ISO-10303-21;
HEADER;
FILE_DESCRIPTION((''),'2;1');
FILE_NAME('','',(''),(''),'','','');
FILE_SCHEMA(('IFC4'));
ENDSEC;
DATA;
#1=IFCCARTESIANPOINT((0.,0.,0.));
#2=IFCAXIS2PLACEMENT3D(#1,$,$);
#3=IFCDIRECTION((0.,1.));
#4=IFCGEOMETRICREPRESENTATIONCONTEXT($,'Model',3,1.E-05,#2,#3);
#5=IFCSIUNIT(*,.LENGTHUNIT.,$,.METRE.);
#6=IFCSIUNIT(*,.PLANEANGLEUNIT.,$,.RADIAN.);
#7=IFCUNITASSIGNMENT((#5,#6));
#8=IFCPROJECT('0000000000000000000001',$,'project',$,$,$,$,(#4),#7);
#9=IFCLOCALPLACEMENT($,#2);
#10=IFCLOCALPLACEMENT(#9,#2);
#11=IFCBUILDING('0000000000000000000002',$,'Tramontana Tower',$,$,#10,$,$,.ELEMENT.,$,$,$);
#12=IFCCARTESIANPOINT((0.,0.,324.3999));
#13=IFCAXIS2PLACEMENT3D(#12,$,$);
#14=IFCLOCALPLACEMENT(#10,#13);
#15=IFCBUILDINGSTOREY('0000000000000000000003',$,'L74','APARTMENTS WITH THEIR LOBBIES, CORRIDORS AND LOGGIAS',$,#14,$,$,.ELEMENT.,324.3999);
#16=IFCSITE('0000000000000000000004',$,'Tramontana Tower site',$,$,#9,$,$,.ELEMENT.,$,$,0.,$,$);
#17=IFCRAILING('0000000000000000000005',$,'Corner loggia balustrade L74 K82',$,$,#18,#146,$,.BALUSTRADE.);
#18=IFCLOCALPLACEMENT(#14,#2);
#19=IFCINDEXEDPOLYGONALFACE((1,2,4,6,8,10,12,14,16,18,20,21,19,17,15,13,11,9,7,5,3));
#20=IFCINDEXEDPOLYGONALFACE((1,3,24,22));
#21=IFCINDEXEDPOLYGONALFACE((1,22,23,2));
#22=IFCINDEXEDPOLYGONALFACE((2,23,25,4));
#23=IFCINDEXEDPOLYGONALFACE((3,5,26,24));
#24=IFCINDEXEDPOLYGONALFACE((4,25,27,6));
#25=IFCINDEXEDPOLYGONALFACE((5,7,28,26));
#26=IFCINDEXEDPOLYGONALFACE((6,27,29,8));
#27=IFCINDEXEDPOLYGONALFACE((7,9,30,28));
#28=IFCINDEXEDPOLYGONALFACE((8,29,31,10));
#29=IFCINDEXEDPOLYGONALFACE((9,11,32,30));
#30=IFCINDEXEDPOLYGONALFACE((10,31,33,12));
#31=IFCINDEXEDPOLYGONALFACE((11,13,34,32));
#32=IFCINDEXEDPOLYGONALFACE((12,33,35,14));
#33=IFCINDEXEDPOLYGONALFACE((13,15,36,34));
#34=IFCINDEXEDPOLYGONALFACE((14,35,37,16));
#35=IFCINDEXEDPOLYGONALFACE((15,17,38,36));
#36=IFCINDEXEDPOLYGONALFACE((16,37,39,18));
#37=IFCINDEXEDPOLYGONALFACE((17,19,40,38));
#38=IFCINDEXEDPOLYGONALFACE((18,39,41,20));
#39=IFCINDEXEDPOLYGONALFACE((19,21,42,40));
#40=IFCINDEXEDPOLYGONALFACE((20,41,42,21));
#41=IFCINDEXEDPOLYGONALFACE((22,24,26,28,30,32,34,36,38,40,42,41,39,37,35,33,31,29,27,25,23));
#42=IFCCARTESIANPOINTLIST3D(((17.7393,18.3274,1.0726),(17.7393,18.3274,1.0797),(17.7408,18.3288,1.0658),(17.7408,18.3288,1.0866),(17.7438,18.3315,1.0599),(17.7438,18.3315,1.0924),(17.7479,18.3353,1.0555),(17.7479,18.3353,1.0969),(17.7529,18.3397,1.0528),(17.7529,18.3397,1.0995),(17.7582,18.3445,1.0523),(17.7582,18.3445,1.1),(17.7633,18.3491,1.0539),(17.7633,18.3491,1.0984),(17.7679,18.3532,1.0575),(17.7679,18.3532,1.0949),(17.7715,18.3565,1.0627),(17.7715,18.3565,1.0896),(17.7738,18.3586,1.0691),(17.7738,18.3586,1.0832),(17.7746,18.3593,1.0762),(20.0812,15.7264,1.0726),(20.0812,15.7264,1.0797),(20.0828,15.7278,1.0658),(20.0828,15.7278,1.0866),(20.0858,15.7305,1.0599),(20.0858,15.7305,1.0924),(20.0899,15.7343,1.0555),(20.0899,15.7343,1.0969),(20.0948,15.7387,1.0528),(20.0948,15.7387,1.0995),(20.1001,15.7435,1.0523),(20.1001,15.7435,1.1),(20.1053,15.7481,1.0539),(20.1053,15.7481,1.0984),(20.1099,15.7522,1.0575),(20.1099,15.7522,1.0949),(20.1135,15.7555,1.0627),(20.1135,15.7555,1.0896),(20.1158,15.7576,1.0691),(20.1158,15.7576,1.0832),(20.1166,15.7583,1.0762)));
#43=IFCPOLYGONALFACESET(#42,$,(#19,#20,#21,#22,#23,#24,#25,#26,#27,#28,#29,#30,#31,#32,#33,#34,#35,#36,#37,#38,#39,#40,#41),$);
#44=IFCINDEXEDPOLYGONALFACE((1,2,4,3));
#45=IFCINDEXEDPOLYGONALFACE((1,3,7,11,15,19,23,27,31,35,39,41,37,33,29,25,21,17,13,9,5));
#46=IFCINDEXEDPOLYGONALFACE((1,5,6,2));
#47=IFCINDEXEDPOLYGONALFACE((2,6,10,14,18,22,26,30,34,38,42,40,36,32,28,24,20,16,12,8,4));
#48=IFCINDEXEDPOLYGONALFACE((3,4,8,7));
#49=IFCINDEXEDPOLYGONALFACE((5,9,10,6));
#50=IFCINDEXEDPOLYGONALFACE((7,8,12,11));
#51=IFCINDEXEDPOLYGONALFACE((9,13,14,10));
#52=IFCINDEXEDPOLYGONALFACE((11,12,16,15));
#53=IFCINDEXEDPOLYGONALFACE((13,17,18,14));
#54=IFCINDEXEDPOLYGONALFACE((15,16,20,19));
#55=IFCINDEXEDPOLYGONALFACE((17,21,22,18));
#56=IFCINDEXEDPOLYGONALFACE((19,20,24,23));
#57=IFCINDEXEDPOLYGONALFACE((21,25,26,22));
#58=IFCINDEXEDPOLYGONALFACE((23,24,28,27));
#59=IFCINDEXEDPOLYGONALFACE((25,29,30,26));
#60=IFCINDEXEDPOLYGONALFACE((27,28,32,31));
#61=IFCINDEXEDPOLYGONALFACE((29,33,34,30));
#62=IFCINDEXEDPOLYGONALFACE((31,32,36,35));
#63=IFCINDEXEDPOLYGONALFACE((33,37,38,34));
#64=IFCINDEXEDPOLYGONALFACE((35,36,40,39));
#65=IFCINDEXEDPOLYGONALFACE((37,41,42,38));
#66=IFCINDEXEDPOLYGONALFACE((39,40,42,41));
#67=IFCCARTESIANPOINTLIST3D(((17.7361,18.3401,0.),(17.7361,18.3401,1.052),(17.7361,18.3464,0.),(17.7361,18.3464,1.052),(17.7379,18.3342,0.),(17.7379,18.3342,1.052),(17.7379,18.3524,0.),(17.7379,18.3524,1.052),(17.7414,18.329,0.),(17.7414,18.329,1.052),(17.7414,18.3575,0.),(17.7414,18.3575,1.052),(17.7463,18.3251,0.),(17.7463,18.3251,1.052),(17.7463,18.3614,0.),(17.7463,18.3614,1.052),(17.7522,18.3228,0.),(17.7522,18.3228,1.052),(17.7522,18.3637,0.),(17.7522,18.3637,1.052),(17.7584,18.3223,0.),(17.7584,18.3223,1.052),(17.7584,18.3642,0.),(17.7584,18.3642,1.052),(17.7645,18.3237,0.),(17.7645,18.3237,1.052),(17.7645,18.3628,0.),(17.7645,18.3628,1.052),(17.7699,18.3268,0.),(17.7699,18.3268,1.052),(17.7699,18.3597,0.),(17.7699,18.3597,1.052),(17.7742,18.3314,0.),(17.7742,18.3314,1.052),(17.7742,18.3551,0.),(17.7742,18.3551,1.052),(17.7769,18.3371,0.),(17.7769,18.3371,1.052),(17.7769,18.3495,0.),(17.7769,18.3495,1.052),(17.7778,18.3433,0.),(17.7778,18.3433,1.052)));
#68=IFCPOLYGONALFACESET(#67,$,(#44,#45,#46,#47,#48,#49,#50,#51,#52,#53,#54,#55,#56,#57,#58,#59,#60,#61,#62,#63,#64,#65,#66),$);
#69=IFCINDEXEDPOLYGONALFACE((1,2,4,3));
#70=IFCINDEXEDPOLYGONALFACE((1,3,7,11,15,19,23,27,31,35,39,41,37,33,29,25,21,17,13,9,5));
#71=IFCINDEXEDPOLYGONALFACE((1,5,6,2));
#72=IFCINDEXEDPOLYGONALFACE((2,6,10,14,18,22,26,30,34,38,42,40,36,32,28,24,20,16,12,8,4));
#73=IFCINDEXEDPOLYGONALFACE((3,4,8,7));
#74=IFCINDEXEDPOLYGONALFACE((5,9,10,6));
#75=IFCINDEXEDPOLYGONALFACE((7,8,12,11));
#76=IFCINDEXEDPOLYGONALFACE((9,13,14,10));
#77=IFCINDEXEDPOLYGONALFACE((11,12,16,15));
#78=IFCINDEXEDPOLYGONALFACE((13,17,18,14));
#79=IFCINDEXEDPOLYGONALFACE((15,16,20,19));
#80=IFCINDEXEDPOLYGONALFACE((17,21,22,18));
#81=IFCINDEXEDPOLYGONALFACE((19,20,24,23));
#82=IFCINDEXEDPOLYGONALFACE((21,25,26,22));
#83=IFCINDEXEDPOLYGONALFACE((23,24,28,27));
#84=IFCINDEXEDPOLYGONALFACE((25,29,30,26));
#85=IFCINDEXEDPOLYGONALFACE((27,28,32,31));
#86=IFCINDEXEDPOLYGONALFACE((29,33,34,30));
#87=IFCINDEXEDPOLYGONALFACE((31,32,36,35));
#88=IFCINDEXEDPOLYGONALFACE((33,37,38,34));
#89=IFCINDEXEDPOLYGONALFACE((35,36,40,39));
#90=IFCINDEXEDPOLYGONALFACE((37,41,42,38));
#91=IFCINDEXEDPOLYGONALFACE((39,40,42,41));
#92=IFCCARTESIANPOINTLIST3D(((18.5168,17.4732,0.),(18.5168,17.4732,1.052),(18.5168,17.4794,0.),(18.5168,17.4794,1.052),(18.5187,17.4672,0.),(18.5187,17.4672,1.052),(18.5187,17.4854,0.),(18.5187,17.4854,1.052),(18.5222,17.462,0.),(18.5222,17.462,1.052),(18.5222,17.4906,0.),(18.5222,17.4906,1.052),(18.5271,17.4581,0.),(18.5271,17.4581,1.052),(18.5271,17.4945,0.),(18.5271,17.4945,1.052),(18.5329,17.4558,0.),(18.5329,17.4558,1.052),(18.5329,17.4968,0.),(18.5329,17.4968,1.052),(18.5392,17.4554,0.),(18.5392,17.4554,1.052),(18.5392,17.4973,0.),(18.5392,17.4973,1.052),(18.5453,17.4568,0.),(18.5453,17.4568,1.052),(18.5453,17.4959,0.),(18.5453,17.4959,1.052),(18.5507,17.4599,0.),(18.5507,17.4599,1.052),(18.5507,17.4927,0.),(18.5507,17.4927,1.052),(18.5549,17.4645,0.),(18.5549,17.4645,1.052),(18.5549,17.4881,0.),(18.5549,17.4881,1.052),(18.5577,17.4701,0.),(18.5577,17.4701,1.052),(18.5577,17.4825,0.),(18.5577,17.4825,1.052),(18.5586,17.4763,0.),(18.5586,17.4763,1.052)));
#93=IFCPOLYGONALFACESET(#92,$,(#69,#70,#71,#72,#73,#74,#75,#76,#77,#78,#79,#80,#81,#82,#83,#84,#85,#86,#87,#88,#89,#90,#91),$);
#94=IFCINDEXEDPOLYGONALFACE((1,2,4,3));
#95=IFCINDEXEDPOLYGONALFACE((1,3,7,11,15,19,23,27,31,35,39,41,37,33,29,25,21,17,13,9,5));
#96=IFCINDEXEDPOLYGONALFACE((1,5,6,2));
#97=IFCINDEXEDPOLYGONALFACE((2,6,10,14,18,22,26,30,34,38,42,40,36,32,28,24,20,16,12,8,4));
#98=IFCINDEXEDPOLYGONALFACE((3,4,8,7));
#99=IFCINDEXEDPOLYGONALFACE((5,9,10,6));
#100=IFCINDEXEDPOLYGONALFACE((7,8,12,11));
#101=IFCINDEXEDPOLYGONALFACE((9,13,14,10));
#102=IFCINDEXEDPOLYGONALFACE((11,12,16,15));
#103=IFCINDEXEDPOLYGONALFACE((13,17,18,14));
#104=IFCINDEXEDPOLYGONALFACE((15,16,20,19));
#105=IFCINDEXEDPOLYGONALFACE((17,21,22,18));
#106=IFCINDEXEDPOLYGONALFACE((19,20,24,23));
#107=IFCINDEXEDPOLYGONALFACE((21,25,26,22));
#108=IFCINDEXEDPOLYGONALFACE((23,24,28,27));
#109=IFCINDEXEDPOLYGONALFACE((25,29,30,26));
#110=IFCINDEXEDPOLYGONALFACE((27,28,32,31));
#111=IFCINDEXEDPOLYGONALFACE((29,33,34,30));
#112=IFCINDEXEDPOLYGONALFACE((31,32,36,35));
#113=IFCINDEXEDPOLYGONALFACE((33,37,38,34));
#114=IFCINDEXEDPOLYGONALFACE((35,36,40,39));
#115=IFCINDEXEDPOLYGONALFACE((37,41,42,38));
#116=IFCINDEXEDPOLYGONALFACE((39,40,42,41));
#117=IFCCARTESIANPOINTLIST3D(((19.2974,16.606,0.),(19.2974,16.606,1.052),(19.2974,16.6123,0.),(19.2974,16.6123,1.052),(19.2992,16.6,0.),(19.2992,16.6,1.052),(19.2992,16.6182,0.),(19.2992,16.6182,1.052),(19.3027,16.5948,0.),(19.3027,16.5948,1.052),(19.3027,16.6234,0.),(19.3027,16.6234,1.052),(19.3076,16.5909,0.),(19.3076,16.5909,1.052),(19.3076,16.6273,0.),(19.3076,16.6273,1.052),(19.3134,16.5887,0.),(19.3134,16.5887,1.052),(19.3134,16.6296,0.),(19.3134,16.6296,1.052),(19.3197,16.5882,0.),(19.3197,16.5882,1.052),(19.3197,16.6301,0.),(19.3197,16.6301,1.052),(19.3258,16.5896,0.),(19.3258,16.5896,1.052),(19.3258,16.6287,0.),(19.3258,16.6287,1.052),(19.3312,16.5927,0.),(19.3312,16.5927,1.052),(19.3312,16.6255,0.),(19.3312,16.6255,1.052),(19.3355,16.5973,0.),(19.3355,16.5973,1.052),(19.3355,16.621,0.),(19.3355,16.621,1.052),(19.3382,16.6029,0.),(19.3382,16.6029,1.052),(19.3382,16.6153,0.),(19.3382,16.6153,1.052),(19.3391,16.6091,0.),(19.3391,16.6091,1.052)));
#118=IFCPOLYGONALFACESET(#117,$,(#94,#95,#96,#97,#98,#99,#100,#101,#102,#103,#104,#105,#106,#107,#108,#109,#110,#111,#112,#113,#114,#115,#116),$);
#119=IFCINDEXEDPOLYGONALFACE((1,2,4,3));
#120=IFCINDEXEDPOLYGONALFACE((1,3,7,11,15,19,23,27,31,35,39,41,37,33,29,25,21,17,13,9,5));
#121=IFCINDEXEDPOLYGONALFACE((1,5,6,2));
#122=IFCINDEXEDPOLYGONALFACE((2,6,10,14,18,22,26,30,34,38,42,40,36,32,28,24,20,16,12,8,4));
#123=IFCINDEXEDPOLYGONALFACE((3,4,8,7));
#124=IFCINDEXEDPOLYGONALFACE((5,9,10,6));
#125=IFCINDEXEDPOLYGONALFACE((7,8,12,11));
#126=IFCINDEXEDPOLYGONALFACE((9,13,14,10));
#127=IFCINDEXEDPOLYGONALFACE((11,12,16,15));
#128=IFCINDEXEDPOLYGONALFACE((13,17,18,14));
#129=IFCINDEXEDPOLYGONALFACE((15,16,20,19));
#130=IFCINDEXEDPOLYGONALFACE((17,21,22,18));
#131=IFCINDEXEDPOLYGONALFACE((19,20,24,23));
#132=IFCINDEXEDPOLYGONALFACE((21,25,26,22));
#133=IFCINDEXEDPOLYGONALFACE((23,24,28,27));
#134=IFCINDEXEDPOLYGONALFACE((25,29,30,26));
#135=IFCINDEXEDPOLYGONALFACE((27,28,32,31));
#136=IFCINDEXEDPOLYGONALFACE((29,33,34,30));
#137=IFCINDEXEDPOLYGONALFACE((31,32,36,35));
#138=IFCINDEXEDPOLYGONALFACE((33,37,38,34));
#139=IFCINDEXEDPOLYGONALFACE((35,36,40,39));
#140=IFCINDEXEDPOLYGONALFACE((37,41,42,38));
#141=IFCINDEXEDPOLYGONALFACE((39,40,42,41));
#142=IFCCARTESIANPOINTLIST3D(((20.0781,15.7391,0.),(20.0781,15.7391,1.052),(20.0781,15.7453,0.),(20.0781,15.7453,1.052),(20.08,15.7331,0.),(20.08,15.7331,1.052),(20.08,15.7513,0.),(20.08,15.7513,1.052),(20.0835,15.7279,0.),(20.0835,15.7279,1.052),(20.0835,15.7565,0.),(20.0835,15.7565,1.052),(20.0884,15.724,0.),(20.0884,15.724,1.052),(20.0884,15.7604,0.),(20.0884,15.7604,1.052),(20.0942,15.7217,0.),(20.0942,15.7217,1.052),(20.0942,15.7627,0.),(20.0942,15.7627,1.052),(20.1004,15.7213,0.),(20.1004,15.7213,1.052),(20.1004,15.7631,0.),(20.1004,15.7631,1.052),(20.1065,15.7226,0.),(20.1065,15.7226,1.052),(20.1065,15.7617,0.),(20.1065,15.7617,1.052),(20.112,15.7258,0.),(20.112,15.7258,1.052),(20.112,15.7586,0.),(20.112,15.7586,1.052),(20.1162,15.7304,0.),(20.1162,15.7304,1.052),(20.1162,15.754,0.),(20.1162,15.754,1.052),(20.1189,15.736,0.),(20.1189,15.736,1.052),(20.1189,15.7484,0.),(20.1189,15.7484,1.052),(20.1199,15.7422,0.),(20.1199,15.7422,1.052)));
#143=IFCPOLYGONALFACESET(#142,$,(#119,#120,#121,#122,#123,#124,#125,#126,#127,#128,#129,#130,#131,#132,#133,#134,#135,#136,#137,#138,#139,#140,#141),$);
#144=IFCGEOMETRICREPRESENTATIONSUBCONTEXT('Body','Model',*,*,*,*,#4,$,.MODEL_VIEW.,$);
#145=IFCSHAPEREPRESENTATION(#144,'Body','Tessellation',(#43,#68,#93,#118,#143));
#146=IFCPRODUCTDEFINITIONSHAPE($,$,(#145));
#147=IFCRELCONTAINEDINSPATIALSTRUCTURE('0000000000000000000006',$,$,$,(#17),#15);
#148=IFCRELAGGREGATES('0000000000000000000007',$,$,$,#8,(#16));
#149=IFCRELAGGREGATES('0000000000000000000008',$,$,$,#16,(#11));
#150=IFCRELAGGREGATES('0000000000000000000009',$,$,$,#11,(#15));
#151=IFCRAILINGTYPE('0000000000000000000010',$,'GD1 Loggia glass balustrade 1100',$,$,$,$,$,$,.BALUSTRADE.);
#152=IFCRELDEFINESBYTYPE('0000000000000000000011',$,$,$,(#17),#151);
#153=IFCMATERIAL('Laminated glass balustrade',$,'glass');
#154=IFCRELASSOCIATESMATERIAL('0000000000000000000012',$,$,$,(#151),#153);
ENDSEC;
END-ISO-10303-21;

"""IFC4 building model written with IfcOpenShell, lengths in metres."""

from ifc_helpers import new_model, si_unit, direction, frame, origin, origin_2d, place, context, subcontext, project, spatial, circle, extrude, material, type_object, element, save


model = new_model("IFC4")

# Units and contexts
model_context = context("Model", 3, precision=1e-05, world=origin(), true_north=direction((0.0, 1.0)))
body_context = subcontext(model_context, "Body", "Model", "MODEL_VIEW")
ifc_project = project(units=[si_unit("LENGTHUNIT", "METRE"), si_unit("PLANEANGLEUNIT", "RADIAN")], contexts=[model_context])

# Site, building, storey
site_placement = place(None, origin())
site = spatial("IfcSite", under=ifc_project, at=site_placement, Name="Tramontana Tower site", CompositionType="ELEMENT", RefElevation=0.0)
building_placement = place(site_placement, origin())
building = spatial("IfcBuilding", under=site, at=building_placement, Name="Tramontana Tower", CompositionType="ELEMENT")
storey_placement = place(building_placement, frame((0.0, 0.0, 324.3999)))
storey = spatial("IfcBuildingStorey", under=building, at=storey_placement, Name="L74", Description="APARTMENTS WITH THEIR LOBBIES, CORRIDORS AND LOGGIAS", CompositionType="ELEMENT", Elevation=324.3999)

# Railing
ifc_material_1 = material(Name="Laminated glass balustrade", Category="glass")
railing_type = type_object("IfcRailingType", Name="GD1 Loggia glass balustrade 1100", PredefinedType="BALUSTRADE", material=ifc_material_1)
railing_1_placement = place(storey_placement, frame((17.7568, 18.3433, 0.0)))
element("IfcRailing", 1, at=railing_1_placement, inside=storey, type_object=railing_type, Name="Corner loggia balustrade L74 K82", PredefinedType="BALUSTRADE", context=body_context, shape_type="SweptSolid", body=[
    extrude(circle(Radius=0.0239, at=origin_2d()), frame((0.0, 0.0, 1.0762), z_axis=(0.669134, -0.743142, 0.0), x_axis=(0.743142, 0.669134, 0.0)), (0.0, 0.0, 1.0), 3.5),
    extrude(circle(Radius=0.021, at=origin_2d()), origin(), (0.0, 0.0, 1.0), 1.052),
    extrude(circle(Radius=0.021, at=origin_2d()), frame((0.7808, -0.8669, 0.0)), (0.0, 0.0, 1.0), 1.052),
    extrude(circle(Radius=0.021, at=origin_2d()), frame((1.5613, -1.7341, 0.0)), (0.0, 0.0, 1.0), 1.052),
    extrude(circle(Radius=0.021, at=origin_2d()), frame((2.342, -2.6011, 0.0)), (0.0, 0.0, 1.0), 1.052),
])

save(model, "model.ifc")
